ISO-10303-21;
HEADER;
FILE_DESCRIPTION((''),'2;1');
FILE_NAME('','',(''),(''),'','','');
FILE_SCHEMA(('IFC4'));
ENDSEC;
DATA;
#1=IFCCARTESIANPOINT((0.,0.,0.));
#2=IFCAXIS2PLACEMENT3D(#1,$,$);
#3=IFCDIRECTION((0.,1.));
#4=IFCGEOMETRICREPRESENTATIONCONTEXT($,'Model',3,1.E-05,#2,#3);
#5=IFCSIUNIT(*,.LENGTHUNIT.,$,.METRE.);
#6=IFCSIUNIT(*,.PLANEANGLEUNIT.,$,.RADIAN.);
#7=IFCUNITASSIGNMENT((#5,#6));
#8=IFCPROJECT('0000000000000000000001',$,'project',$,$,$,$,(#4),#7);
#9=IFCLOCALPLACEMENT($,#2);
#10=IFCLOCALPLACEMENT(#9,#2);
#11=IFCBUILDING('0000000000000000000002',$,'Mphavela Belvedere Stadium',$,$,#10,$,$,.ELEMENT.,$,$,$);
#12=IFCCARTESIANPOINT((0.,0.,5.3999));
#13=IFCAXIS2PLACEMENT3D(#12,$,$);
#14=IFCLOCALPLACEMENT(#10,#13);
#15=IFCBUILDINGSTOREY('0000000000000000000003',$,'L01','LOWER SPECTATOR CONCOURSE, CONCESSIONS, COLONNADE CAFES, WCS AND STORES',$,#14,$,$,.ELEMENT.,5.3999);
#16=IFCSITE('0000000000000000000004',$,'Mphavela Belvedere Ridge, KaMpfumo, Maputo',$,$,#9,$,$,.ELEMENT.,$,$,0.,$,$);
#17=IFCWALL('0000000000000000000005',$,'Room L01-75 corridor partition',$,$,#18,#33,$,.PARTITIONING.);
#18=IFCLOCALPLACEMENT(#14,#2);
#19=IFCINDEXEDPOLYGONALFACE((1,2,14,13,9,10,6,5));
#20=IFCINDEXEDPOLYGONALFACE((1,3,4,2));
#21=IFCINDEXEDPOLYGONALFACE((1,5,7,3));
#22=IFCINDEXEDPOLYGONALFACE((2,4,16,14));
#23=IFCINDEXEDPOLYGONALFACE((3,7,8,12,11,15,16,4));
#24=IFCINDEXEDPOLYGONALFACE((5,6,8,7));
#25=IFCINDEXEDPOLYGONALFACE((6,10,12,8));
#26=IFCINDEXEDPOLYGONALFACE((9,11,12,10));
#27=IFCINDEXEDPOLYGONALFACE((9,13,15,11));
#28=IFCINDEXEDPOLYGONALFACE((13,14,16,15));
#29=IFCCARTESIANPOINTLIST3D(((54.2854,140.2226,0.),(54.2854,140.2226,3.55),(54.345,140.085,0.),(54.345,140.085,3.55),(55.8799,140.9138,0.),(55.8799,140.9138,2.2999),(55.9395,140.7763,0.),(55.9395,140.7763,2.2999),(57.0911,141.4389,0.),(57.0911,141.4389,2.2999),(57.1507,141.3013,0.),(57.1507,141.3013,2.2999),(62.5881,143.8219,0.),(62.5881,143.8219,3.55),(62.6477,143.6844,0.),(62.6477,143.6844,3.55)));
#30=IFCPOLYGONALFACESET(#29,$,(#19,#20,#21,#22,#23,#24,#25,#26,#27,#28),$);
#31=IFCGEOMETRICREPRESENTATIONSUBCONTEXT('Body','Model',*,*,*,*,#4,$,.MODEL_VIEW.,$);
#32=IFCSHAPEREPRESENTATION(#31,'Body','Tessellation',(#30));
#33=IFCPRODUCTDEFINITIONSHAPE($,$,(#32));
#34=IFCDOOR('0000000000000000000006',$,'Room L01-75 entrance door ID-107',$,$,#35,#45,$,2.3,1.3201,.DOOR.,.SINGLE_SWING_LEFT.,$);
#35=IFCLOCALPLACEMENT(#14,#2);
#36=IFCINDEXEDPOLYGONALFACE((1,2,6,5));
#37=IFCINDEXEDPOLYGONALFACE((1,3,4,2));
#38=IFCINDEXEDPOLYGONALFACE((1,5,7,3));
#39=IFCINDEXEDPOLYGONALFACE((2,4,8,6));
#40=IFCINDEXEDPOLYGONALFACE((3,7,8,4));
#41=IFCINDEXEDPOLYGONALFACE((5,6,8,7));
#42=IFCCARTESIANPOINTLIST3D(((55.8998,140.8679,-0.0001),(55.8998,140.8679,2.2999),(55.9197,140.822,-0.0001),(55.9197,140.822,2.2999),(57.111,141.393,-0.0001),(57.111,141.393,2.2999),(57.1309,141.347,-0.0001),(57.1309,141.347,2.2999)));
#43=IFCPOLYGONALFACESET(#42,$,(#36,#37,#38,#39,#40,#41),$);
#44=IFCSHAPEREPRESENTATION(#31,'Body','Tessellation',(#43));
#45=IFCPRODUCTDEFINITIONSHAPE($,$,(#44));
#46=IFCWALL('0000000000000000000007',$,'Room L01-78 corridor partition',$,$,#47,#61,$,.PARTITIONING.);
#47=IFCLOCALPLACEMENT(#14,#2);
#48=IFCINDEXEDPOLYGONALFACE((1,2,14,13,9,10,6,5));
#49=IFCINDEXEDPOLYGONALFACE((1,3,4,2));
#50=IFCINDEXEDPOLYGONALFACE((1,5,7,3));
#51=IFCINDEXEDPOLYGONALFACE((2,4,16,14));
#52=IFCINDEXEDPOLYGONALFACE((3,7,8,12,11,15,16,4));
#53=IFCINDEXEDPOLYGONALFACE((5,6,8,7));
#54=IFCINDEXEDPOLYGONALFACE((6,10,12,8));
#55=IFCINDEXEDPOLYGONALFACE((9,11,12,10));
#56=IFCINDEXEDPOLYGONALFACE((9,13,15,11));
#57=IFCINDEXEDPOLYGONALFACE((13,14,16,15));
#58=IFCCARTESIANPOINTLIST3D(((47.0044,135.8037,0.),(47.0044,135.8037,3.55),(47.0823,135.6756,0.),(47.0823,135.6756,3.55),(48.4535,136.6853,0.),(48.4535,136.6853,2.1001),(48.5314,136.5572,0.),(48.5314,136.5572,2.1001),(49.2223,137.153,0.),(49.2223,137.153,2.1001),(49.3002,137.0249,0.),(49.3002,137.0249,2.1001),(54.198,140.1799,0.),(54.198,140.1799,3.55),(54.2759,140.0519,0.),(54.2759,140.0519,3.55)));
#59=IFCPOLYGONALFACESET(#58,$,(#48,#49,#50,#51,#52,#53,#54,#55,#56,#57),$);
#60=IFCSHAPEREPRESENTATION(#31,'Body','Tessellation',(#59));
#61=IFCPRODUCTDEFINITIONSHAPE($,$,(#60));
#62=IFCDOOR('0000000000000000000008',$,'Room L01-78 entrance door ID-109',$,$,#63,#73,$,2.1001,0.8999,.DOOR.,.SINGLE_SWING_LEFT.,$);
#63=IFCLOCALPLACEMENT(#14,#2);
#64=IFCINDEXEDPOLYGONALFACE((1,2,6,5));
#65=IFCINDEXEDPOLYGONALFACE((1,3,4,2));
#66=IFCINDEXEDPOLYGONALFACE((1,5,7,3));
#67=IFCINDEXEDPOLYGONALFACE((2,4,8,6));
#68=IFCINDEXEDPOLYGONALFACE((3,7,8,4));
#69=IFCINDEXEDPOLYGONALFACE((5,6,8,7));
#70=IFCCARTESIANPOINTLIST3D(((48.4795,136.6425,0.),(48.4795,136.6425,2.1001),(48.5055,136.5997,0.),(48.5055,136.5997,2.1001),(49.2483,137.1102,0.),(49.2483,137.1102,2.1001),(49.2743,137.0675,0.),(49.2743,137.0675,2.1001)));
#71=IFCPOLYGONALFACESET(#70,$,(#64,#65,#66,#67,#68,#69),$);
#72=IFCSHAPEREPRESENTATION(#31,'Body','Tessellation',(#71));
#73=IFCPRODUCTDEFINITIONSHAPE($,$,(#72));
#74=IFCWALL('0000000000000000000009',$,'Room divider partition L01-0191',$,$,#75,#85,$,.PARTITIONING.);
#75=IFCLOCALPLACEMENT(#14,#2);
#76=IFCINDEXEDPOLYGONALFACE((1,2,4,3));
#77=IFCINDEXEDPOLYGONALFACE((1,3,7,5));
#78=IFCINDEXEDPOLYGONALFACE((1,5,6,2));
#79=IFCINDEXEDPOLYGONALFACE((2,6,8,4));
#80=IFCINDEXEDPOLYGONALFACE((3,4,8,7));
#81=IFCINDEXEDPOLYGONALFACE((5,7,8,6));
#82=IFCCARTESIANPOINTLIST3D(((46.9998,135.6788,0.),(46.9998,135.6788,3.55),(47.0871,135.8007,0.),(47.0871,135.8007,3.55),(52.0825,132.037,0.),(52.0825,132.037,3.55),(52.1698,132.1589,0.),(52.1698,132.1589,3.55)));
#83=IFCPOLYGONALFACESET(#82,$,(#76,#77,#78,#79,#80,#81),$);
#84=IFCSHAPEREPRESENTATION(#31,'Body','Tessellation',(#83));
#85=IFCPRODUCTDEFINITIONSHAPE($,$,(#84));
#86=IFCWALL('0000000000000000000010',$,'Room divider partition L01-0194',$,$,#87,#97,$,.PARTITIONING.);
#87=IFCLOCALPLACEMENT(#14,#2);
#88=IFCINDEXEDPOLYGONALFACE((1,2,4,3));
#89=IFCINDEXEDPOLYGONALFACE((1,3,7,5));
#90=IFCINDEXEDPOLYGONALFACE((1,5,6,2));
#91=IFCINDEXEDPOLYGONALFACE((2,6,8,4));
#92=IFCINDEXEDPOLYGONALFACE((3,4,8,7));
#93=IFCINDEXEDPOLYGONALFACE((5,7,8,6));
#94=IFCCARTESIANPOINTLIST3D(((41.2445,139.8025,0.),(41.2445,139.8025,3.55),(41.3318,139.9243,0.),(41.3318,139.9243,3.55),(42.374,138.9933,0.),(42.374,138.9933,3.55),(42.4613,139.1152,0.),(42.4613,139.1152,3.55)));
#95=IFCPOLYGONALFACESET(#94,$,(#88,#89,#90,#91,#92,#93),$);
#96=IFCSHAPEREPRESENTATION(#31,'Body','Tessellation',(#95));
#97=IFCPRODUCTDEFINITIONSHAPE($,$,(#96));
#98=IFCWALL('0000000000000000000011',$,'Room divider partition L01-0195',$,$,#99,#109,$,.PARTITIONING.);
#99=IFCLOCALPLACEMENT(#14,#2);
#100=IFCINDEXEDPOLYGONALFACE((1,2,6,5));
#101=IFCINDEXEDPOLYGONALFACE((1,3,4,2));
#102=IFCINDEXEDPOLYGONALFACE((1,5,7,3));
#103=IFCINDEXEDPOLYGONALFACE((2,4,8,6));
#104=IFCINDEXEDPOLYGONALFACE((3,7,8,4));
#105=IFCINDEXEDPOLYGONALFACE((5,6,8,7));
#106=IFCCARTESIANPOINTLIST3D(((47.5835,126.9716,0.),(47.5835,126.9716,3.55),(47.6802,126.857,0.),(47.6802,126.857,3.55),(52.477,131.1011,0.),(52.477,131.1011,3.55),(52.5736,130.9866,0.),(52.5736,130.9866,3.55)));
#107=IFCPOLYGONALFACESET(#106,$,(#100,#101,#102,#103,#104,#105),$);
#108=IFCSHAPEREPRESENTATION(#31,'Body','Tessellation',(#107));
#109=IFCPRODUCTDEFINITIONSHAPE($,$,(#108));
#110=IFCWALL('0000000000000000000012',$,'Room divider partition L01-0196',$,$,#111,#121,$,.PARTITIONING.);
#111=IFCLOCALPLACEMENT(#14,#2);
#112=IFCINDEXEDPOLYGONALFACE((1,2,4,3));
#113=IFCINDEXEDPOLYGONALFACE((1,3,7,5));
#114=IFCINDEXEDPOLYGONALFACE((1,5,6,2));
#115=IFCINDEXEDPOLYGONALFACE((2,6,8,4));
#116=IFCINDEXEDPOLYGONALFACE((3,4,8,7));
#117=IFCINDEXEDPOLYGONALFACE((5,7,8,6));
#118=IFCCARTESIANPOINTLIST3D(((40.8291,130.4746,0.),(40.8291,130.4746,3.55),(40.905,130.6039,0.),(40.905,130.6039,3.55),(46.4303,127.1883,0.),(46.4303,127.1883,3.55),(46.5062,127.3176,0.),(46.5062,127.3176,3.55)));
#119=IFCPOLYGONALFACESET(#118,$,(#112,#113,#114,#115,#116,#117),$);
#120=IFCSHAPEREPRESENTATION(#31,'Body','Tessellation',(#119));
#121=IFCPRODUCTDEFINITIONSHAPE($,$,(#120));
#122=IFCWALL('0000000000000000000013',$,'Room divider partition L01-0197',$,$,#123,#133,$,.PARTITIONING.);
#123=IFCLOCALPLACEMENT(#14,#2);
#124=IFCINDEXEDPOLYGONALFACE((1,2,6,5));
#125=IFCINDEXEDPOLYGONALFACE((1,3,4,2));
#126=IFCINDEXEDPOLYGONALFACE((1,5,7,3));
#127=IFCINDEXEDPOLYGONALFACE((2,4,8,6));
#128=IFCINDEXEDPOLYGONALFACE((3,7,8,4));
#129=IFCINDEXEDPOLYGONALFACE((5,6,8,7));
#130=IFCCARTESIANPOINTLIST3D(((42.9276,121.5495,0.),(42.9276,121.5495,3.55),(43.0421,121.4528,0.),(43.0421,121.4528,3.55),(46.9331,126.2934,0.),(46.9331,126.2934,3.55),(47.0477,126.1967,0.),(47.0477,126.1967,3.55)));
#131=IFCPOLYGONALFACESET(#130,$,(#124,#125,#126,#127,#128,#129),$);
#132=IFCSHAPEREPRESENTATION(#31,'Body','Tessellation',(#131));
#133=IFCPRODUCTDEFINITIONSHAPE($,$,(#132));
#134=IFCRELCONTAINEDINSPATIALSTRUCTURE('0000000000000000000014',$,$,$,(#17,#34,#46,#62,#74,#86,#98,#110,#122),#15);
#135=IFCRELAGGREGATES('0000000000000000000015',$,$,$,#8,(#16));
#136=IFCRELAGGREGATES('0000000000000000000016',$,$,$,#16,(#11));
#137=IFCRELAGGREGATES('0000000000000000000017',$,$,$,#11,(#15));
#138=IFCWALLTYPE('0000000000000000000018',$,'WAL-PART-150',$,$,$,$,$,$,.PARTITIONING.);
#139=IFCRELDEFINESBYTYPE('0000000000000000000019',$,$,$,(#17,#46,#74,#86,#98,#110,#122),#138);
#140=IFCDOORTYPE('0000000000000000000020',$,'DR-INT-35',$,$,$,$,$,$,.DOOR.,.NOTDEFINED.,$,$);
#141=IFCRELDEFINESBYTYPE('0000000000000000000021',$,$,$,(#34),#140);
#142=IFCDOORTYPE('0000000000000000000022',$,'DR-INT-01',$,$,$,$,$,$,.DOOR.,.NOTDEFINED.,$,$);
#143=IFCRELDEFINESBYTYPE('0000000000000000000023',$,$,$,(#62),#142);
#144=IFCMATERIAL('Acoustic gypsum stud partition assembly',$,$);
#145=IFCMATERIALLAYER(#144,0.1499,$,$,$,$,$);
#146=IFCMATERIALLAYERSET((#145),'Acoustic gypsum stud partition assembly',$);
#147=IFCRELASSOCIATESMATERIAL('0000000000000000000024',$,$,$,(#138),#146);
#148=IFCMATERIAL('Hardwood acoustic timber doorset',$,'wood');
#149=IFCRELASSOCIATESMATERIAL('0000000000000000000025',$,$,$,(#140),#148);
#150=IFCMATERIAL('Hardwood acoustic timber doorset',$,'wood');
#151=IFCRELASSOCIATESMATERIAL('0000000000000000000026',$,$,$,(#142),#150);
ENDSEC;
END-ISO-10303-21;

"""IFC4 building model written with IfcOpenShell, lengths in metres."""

from ifc_helpers import new_model, si_unit, direction, frame, frame_2d, origin, place, context, subcontext, project, spatial, rectangle, extrude, material, layer, layer_set, type_object, element, fill, save


model = new_model("IFC4")

# Units and contexts
model_context = context("Model", 3, precision=1e-05, world=origin(), true_north=direction((0.0, 1.0)))
body_context = subcontext(model_context, "Body", "Model", "MODEL_VIEW")
ifc_project = project(units=[si_unit("LENGTHUNIT", "METRE"), si_unit("PLANEANGLEUNIT", "RADIAN")], contexts=[model_context])

# Site, building, storey
site_placement = place(None, origin())
site = spatial("IfcSite", under=ifc_project, at=site_placement, Name="Mphavela Belvedere Ridge, KaMpfumo, Maputo", CompositionType="ELEMENT", RefElevation=0.0)
building_placement = place(site_placement, origin())
building = spatial("IfcBuilding", under=site, at=building_placement, Name="Mphavela Belvedere Stadium", CompositionType="ELEMENT")
storey_placement = place(building_placement, frame((0.0, 0.0, 5.3999)))
storey = spatial("IfcBuildingStorey", under=building, at=storey_placement, Name="L01", Description="LOWER SPECTATOR CONCOURSE, CONCESSIONS, COLONNADE CAFES, WCS AND STORES", CompositionType="ELEMENT", Elevation=5.3999)

# Walls, openings, doors
ifc_material_1 = material(Name="Acoustic gypsum stud partition assembly")
ifc_layer_1 = layer(ifc_material_1, 0.1499)
ifc_layer_set_1 = layer_set([ifc_layer_1], Name="Acoustic gypsum stud partition assembly")
wall_type_1 = type_object("IfcWallType", Name="WAL-PART-150", PredefinedType="PARTITIONING", material=ifc_layer_set_1)
wall_1_placement = place(storey_placement, frame((54.3152, 140.1538, 0.0), z_axis=(0.0, 0.0, 1.0), x_axis=(0.917495, 0.397748, 0.0)))
wall_1 = element("IfcWall", 1, at=wall_1_placement, inside=storey, type_object=wall_type_1, Name="Room L01-75 corridor partition", PredefinedType="PARTITIONING", context=body_context, shape_type="SweptSolid", body=[
    extrude(rectangle(XDim=9.0493, YDim=0.1499, at=frame_2d((4.5247, 0.0))), origin(), (0.0, 0.0, 1.0), 3.55),
])
opening_1_placement = place(wall_1_placement, frame((1.7378, 0.0, 0.0)))
opening_1 = element("IfcOpeningElement", 2, at=opening_1_placement, cuts=wall_1, PredefinedType="OPENING", context=body_context, shape_type="SweptSolid", body=[
    extrude(rectangle(XDim=1.3201, YDim=2.3, at=frame_2d((0.6602, 1.1499))), frame((0.0, 0.085, 0.0), z_axis=(0.0, -1.0, 0.0), x_axis=(1.0, 0.0, 0.0)), (0.0, 0.0, 1.0), 0.1699),
])
ifc_material_2 = material(Name="Hardwood acoustic timber doorset", Category="wood")
door_type_1 = type_object("IfcDoorType", Name="DR-INT-35", OperationType="NOTDEFINED", PredefinedType="DOOR", material=ifc_material_2)
door_1_placement = place(opening_1_placement, origin())
door_1 = element("IfcDoor", 3, at=door_1_placement, inside=storey, type_object=door_type_1, Name="Room L01-75 entrance door ID-107", OperationType="SINGLE_SWING_LEFT", OverallHeight=2.3, OverallWidth=1.3201, PredefinedType="DOOR", context=body_context, shape_type="SweptSolid", body=[
    extrude(rectangle(XDim=1.3201, YDim=2.3, at=frame_2d((0.6602, 1.1499))), frame((0.0, 0.0249, 0.0), z_axis=(0.0, -1.0, 0.0), x_axis=(1.0, 0.0, 0.0)), (0.0, 0.0, 1.0), 0.05),
])
fill(opening_1, door_1)
wall_2_placement = place(storey_placement, frame((47.0435, 135.7397, 0.0), z_axis=(0.0, 0.0, 1.0), x_axis=(0.85433, 0.519731, 0.0)))
wall_2 = element("IfcWall", 4, at=wall_2_placement, inside=storey, type_object=wall_type_1, Name="Room L01-78 corridor partition", PredefinedType="PARTITIONING", context=body_context, shape_type="SweptSolid", body=[
    extrude(rectangle(XDim=8.4202, YDim=0.1499, at=frame_2d((4.21, 0.0))), origin(), (0.0, 0.0, 1.0), 3.55),
])
opening_2_placement = place(wall_2_placement, frame((1.696, 0.0, 0.0)))
opening_2 = element("IfcOpeningElement", 5, at=opening_2_placement, cuts=wall_2, PredefinedType="OPENING", context=body_context, shape_type="SweptSolid", body=[
    extrude(rectangle(XDim=0.8999, YDim=2.1001, at=frame_2d((0.45, 1.05))), frame((0.0, 0.085, 0.0), z_axis=(0.0, -1.0, 0.0), x_axis=(1.0, 0.0, 0.0)), (0.0, 0.0, 1.0), 0.1699),
])
ifc_material_3 = material(Name="Hardwood acoustic timber doorset", Category="wood")
door_type_2 = type_object("IfcDoorType", Name="DR-INT-01", OperationType="NOTDEFINED", PredefinedType="DOOR", material=ifc_material_3)
door_2_placement = place(opening_2_placement, origin())
door_2 = element("IfcDoor", 6, at=door_2_placement, inside=storey, type_object=door_type_2, Name="Room L01-78 entrance door ID-109", OperationType="SINGLE_SWING_LEFT", OverallHeight=2.1001, OverallWidth=0.8999, PredefinedType="DOOR", context=body_context, shape_type="SweptSolid", body=[
    extrude(rectangle(XDim=0.8999, YDim=2.1001, at=frame_2d((0.45, 1.05))), frame((0.0, 0.0249, 0.0), z_axis=(0.0, -1.0, 0.0), x_axis=(1.0, 0.0, 0.0)), (0.0, 0.0, 1.0), 0.05),
])
fill(opening_2, door_2)

# Walls
wall_3_placement = place(storey_placement, frame((52.1262, 132.0979, 0.0), z_axis=(0.0, 0.0, 1.0), x_axis=(-0.812878, 0.582434, 0.0)))
element("IfcWall", 7, at=wall_3_placement, inside=storey, type_object=wall_type_1, Name="Room divider partition L01-0191", PredefinedType="PARTITIONING", context=body_context, shape_type="SweptSolid", body=[
    extrude(rectangle(XDim=6.2527, YDim=0.1499, at=frame_2d((3.1265, 0.0))), origin(), (0.0, 0.0, 1.0), 3.55),
])
wall_4_placement = place(storey_placement, frame((42.4177, 139.0542, 0.0), z_axis=(0.0, 0.0, 1.0), x_axis=(-0.812925, 0.582368, 0.0)))
element("IfcWall", 8, at=wall_4_placement, inside=storey, type_object=wall_type_1, Name="Room divider partition L01-0194", PredefinedType="PARTITIONING", context=body_context, shape_type="SweptSolid", body=[
    extrude(rectangle(XDim=1.3894, YDim=0.1499, at=frame_2d((0.6948, 0.0))), origin(), (0.0, 0.0, 1.0), 3.55),
])
wall_5_placement = place(storey_placement, frame((52.5254, 131.0439, 0.0), z_axis=(0.0, 0.0, 1.0), x_axis=(-0.764237, -0.644935, 0.0)))
element("IfcWall", 9, at=wall_5_placement, inside=storey, type_object=wall_type_1, Name="Room divider partition L01-0195", PredefinedType="PARTITIONING", context=body_context, shape_type="SweptSolid", body=[
    extrude(rectangle(XDim=6.4031, YDim=0.1499, at=frame_2d((3.2017, 0.0))), origin(), (0.0, 0.0, 1.0), 3.55),
])
wall_6_placement = place(storey_placement, frame((46.4683, 127.2529, 0.0), z_axis=(0.0, 0.0, 1.0), x_axis=(-0.862507, 0.506046, 0.0)))
element("IfcWall", 10, at=wall_6_placement, inside=storey, type_object=wall_type_1, Name="Room divider partition L01-0196", PredefinedType="PARTITIONING", context=body_context, shape_type="SweptSolid", body=[
    extrude(rectangle(XDim=6.4941, YDim=0.1499, at=frame_2d((3.2471, 0.0))), origin(), (0.0, 0.0, 1.0), 3.55),
])
wall_7_placement = place(storey_placement, frame((46.9905, 126.2451, 0.0), z_axis=(0.0, 0.0, 1.0), x_axis=(-0.645149, -0.764057, 0.0)))
element("IfcWall", 11, at=wall_7_placement, inside=storey, type_object=wall_type_1, Name="Room divider partition L01-0197", PredefinedType="PARTITIONING", context=body_context, shape_type="SweptSolid", body=[
    extrude(rectangle(XDim=6.2087, YDim=0.1499, at=frame_2d((3.1045, 0.0))), origin(), (0.0, 0.0, 1.0), 3.55),
])

save(model, "model.ifc")
